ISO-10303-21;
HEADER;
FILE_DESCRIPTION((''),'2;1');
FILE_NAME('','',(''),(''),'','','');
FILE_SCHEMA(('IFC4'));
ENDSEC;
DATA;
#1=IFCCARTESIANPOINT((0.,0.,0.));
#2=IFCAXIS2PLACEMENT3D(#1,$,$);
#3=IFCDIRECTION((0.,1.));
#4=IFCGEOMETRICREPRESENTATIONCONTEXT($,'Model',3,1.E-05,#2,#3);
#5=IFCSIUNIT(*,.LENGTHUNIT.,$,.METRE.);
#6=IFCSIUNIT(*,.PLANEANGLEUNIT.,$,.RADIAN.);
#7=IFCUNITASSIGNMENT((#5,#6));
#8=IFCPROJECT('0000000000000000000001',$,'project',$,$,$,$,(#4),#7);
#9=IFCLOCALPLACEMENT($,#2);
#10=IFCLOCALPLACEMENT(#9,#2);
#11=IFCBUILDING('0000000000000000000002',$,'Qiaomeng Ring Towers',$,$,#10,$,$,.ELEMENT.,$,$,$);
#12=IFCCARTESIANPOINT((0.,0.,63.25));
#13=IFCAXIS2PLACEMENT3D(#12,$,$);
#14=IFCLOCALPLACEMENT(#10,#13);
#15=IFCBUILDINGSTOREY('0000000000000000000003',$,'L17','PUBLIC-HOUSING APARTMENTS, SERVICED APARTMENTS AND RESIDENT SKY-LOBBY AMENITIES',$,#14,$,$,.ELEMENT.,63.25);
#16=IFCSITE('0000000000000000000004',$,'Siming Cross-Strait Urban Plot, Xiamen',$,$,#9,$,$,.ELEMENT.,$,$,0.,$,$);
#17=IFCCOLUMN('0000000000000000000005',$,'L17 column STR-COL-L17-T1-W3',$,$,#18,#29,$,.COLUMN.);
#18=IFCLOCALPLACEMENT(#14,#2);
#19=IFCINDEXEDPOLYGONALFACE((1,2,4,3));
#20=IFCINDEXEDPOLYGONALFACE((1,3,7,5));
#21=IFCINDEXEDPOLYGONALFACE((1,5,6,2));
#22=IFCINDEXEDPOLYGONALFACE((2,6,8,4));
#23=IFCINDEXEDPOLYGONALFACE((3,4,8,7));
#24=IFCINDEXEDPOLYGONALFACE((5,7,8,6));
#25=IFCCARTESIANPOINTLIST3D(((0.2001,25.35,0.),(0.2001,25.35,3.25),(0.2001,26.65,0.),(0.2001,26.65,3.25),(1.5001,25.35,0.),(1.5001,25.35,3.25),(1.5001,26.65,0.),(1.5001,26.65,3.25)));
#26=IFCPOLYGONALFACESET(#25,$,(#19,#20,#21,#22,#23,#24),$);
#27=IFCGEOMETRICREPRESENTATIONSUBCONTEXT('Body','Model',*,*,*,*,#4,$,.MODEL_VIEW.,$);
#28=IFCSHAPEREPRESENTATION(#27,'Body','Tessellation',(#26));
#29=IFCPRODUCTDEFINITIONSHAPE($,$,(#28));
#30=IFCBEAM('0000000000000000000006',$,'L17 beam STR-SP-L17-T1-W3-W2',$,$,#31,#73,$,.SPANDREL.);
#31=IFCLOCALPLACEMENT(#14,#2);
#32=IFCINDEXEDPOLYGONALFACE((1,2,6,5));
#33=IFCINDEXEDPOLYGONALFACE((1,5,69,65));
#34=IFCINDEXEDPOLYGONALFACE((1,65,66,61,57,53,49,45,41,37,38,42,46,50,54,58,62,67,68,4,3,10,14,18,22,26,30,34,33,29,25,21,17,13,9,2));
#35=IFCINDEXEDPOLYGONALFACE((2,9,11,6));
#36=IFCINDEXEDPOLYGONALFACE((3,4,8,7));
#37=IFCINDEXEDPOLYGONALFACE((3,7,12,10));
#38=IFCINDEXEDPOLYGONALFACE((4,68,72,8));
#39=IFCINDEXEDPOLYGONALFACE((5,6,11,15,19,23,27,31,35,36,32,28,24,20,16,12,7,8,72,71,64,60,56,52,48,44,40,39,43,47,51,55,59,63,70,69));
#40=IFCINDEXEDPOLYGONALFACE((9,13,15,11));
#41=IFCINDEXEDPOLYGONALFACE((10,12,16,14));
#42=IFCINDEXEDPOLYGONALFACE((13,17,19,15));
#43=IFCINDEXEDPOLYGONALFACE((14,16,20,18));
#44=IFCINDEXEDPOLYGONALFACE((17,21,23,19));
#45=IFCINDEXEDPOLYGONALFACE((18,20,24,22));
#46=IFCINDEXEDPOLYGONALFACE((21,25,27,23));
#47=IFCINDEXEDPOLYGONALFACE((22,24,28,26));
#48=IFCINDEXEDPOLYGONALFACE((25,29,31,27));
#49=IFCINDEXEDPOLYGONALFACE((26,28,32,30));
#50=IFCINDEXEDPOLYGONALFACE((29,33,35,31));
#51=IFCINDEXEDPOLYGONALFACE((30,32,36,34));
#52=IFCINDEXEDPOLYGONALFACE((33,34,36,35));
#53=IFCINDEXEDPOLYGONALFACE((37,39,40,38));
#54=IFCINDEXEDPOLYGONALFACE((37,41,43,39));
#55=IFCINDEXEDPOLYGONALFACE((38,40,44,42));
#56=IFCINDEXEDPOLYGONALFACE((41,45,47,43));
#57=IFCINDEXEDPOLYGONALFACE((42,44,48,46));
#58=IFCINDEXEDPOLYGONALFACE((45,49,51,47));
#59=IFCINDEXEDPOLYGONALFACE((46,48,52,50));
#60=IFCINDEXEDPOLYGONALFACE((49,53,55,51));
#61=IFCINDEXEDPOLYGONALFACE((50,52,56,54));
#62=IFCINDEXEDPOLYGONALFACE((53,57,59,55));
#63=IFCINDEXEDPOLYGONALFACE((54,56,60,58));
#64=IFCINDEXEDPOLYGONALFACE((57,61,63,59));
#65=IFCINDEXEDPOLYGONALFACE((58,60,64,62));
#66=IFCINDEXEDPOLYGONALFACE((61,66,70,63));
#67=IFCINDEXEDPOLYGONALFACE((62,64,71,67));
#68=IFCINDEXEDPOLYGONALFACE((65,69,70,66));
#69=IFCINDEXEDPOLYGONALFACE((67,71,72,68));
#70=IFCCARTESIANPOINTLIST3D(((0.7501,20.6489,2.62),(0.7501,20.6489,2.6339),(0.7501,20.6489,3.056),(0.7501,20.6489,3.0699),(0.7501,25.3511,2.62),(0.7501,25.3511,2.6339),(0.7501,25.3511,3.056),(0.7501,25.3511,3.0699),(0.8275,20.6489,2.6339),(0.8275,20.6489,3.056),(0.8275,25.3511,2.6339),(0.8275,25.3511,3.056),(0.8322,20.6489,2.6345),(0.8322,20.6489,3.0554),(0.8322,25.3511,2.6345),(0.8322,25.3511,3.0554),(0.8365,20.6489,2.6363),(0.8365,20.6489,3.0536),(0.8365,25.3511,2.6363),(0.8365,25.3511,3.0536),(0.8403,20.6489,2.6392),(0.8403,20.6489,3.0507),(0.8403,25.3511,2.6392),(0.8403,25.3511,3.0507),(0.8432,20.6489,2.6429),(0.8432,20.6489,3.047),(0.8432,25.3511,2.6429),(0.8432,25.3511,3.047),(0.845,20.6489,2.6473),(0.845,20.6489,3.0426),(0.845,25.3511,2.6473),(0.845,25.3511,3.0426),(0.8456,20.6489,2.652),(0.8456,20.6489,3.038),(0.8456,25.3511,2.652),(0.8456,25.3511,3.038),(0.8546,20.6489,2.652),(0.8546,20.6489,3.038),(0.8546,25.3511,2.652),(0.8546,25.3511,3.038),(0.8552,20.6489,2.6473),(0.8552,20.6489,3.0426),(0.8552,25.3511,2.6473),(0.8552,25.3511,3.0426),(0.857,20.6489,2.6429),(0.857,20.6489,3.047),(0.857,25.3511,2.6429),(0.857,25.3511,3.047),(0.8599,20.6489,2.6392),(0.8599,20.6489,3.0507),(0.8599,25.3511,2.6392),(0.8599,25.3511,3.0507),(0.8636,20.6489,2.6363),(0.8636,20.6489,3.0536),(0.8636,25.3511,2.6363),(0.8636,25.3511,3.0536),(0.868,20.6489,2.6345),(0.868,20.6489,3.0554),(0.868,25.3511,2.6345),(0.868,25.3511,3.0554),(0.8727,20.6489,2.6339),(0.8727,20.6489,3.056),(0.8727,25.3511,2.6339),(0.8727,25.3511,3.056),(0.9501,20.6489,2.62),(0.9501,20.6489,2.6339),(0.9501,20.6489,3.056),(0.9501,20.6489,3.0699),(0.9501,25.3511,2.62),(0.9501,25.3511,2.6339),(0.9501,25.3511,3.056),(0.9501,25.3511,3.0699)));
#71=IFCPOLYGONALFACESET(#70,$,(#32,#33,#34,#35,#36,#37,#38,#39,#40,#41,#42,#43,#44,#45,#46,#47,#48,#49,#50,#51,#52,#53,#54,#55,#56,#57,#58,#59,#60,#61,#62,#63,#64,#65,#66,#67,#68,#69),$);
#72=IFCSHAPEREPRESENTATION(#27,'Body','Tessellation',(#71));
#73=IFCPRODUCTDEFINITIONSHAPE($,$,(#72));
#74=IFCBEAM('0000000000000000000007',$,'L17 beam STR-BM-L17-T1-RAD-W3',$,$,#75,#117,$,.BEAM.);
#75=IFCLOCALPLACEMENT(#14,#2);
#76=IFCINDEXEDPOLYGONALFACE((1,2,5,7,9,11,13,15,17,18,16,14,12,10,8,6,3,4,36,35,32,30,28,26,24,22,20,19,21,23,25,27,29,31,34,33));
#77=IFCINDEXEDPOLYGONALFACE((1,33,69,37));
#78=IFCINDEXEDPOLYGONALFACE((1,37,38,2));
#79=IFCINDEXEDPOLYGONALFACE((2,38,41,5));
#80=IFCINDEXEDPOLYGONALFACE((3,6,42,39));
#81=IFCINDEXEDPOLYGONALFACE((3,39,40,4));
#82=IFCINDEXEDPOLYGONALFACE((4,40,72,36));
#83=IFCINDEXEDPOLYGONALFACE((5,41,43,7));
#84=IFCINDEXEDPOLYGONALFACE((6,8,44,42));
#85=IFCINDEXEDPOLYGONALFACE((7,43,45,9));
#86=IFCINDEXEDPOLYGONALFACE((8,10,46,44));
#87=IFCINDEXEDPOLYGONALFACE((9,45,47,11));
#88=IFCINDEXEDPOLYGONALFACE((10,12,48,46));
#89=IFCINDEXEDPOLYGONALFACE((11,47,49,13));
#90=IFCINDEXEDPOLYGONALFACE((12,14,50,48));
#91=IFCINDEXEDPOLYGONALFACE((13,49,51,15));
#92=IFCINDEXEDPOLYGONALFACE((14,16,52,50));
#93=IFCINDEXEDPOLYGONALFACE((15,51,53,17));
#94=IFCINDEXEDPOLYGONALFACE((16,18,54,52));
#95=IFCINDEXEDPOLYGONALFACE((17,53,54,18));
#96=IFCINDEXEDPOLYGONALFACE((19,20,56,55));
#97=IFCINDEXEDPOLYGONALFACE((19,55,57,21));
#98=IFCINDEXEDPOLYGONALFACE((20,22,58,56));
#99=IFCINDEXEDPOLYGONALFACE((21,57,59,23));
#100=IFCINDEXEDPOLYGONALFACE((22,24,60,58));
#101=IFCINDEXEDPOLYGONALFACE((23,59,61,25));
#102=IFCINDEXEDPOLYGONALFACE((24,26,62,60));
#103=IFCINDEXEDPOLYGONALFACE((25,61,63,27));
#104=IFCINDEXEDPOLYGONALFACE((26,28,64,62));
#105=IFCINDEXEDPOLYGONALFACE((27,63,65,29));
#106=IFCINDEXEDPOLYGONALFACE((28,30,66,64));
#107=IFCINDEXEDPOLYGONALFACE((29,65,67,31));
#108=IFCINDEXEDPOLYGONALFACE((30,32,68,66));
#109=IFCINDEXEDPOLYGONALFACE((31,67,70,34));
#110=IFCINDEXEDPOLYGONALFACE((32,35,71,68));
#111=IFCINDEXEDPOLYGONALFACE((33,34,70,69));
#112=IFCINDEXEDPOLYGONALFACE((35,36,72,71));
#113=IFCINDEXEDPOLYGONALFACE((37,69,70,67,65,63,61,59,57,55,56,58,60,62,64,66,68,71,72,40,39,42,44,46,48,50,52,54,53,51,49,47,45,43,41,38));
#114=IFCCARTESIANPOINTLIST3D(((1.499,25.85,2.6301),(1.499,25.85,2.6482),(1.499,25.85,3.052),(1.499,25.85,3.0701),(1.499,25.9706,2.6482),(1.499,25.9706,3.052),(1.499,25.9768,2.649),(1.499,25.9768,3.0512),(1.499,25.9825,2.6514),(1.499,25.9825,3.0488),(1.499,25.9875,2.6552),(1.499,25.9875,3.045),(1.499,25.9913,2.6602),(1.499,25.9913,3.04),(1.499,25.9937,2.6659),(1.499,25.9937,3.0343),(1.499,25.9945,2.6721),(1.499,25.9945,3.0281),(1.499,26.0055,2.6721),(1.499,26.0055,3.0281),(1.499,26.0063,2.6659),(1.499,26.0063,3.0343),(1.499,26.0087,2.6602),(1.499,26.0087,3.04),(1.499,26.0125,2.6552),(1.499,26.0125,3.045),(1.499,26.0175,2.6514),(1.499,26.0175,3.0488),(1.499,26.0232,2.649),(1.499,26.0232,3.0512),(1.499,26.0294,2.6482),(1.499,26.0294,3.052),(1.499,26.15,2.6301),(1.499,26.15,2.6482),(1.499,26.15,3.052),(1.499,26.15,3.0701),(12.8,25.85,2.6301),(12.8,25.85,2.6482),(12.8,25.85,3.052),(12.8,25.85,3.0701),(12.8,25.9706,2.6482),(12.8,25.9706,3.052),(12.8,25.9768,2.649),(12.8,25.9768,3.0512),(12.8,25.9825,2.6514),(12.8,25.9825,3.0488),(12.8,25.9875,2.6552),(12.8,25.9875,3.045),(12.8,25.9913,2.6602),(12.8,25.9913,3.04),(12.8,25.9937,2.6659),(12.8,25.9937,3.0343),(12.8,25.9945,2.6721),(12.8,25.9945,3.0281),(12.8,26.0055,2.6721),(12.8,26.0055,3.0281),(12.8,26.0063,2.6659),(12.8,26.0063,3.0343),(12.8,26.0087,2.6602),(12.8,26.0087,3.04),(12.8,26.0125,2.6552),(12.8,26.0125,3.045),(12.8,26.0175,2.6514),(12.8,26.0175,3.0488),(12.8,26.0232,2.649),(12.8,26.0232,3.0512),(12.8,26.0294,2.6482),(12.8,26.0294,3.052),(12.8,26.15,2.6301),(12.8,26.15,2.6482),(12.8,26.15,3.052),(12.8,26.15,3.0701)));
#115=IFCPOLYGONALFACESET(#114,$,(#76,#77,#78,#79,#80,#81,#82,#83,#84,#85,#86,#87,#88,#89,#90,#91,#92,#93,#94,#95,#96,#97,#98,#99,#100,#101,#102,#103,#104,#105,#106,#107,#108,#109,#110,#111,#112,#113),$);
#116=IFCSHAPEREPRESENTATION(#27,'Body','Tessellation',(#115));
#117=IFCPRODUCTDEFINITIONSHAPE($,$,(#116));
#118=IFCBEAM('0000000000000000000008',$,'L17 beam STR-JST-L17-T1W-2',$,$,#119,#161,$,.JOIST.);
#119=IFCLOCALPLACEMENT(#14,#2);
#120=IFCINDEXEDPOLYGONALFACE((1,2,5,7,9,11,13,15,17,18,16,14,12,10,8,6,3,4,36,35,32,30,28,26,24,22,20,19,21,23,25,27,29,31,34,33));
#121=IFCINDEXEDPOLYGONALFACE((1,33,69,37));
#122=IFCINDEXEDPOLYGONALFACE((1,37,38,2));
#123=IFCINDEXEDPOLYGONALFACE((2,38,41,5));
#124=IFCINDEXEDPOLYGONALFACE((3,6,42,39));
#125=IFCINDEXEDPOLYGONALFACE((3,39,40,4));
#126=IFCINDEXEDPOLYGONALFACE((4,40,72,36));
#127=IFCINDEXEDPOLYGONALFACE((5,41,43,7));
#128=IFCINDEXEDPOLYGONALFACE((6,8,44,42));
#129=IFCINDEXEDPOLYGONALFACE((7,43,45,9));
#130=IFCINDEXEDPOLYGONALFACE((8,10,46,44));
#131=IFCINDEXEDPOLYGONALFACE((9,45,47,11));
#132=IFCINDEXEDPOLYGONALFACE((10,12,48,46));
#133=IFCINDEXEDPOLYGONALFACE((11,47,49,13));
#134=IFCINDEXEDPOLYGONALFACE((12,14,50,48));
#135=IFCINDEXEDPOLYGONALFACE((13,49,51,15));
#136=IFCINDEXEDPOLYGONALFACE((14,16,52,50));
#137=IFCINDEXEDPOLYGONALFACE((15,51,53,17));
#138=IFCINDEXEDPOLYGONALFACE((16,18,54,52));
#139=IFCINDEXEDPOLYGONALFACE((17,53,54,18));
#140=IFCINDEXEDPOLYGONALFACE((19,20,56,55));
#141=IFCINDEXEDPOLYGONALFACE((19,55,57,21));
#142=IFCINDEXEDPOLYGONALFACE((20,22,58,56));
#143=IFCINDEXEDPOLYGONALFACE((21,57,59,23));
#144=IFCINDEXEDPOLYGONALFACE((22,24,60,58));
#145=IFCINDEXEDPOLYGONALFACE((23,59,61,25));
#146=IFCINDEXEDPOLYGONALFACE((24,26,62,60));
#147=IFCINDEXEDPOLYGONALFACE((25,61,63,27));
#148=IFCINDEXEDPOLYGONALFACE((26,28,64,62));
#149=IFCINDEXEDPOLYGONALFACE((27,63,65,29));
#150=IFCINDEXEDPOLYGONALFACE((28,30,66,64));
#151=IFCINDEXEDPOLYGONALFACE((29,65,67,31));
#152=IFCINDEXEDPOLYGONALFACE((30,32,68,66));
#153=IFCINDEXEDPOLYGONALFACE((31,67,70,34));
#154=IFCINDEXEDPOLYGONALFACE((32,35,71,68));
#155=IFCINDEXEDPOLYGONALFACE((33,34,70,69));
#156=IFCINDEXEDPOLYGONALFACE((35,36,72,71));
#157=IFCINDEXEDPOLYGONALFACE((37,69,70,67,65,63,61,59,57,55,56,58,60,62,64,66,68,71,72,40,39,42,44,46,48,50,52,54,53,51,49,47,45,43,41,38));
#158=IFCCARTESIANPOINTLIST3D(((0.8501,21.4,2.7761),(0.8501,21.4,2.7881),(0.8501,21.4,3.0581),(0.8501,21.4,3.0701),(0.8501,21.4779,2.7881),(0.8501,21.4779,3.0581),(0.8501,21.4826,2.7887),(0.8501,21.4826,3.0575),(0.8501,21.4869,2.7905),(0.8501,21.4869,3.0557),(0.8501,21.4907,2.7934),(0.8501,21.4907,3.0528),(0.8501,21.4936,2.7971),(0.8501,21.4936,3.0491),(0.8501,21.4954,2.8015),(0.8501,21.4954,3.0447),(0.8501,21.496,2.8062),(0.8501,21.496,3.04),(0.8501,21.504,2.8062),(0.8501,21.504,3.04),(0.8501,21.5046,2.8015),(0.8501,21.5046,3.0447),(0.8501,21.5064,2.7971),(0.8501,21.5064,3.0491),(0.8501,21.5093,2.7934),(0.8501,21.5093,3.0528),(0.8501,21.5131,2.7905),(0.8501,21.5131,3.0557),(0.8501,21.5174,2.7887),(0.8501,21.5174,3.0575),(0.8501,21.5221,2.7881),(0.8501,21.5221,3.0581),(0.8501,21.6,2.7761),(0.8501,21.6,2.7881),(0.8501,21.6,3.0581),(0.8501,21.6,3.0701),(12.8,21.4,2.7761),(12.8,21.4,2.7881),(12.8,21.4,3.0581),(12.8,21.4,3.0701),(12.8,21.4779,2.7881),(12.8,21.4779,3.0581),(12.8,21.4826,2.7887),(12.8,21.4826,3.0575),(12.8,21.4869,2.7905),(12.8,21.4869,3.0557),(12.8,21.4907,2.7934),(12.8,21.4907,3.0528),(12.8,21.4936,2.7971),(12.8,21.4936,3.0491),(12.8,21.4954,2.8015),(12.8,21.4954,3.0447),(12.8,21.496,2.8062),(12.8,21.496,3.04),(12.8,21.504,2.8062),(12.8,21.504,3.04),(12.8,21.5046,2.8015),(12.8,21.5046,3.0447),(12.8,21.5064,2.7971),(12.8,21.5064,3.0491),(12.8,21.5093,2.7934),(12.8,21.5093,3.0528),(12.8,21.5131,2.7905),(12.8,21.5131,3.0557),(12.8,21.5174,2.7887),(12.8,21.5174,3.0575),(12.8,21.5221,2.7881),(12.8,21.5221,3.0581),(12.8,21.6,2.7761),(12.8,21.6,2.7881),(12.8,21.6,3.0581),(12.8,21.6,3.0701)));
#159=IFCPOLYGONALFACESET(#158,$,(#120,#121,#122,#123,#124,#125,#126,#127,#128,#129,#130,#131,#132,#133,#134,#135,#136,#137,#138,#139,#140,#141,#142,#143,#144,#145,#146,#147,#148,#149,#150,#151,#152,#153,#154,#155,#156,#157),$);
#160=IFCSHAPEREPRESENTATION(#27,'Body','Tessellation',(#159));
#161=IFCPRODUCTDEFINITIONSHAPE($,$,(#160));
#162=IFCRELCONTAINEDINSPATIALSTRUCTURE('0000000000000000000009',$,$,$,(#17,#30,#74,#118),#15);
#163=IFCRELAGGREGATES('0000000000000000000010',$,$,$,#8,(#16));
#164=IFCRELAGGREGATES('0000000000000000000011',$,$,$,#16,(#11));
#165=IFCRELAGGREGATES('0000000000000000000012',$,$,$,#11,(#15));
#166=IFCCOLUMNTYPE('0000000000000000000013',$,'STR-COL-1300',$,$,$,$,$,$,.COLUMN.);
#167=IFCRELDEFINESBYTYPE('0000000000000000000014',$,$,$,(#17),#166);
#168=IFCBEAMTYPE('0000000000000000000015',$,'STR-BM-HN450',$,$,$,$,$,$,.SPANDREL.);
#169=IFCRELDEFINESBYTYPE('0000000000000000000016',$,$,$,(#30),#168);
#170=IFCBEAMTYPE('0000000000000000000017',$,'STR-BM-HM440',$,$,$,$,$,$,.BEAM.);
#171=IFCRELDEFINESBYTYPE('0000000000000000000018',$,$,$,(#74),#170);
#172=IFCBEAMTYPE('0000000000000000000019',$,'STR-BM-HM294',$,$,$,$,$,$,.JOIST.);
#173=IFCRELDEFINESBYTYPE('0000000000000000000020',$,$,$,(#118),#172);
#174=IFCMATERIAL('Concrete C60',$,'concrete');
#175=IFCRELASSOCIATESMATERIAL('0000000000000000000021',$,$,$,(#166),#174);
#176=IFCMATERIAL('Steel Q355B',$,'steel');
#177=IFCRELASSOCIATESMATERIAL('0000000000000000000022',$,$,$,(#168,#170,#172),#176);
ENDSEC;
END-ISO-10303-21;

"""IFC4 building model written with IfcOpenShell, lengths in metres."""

from ifc_helpers import new_model, si_unit, direction, frame, origin, origin_2d, place, context, subcontext, project, spatial, rectangle, i_section, extrude, source, transform, mapped, material, material_profile, profile_set, type_object, element, save


model = new_model("IFC4")

# Units and contexts
model_context = context("Model", 3, precision=1e-05, world=origin(), true_north=direction((0.0, 1.0)))
body_context = subcontext(model_context, "Body", "Model", "MODEL_VIEW")
ifc_project = project(units=[si_unit("LENGTHUNIT", "METRE"), si_unit("PLANEANGLEUNIT", "RADIAN")], contexts=[model_context])

# Site, building, storey
site_placement = place(None, origin())
site = spatial("IfcSite", under=ifc_project, at=site_placement, Name="Siming Cross-Strait Urban Plot, Xiamen", CompositionType="ELEMENT", RefElevation=0.0)
building_placement = place(site_placement, origin())
building = spatial("IfcBuilding", under=site, at=building_placement, Name="Qiaomeng Ring Towers", CompositionType="ELEMENT")
storey_placement = place(building_placement, frame((0.0, 0.0, 63.25)))
storey = spatial("IfcBuildingStorey", under=building, at=storey_placement, Name="L17", Description="PUBLIC-HOUSING APARTMENTS, SERVICED APARTMENTS AND RESIDENT SKY-LOBBY AMENITIES", CompositionType="ELEMENT", Elevation=63.25)

# Column
ifc_material_1 = material(Name="Concrete C60", Category="concrete")
ifc_material_profile_1 = material_profile(ifc_material_1, rectangle(XDim=1.3, YDim=1.3, at=origin_2d()), Name="RC COL 1300x1300")
ifc_profile_set_1 = profile_set([ifc_material_profile_1], Name="Concrete C60")
column_type = type_object("IfcColumnType", Name="STR-COL-1300", PredefinedType="COLUMN", material=ifc_profile_set_1)
shared_shape_1 = source(origin(), body_context, "Body", "SweptSolid", [
    extrude(rectangle(XDim=1.3, YDim=1.3, at=origin_2d()), origin(), (0.0, 0.0, 1.0), 3.25),
])
column_placement = place(storey_placement, frame((0.8501, 26.0, 0.0), z_axis=(0.0, 0.0, 1.0), x_axis=(1.0, 0.0, 0.0)))
element("IfcColumn", 1, at=column_placement, inside=storey, type_object=column_type, Name="L17 column STR-COL-L17-T1-W3", PredefinedType="COLUMN", context=body_context, shape_type="MappedRepresentation", body=[
    mapped(shared_shape_1, transform((0.0, 0.0, 0.0), x_axis=(1.0, 0.0, 0.0), y_axis=(0.0, 1.0, 0.0), z_axis=(0.0, 0.0, 1.0), scale=1.0)),
])

# Beams
ifc_material_2 = material(Name="Steel Q355B", Category="steel")
ifc_material_profile_2 = material_profile(ifc_material_2, i_section(OverallWidth=0.2, OverallDepth=0.45, WebThickness=0.009, FlangeThickness=0.0139, FilletRadius=0.0181, at=origin_2d()), Name="HN 450x200x9x14")
ifc_profile_set_2 = profile_set([ifc_material_profile_2], Name="Steel Q355B")
beam_type_1 = type_object("IfcBeamType", Name="STR-BM-HN450", PredefinedType="SPANDREL", material=ifc_profile_set_2)
shared_shape_2 = source(origin(), body_context, "Body", "SweptSolid", [
    extrude(i_section(OverallWidth=0.2, OverallDepth=0.45, WebThickness=0.009, FlangeThickness=0.0139, FilletRadius=0.0181, at=origin_2d()), origin(), (0.0, 0.0, 1.0), 4.7021),
])
beam_1_placement = place(storey_placement, frame((0.8501, 25.3511, 2.845), z_axis=(0.0, -1.0, 0.0), x_axis=(1.0, 0.0, 0.0)))
element("IfcBeam", 2, at=beam_1_placement, inside=storey, type_object=beam_type_1, Name="L17 beam STR-SP-L17-T1-W3-W2", PredefinedType="SPANDREL", context=body_context, shape_type="MappedRepresentation", body=[
    mapped(shared_shape_2, transform((0.0, 0.0, 0.0), x_axis=(1.0, 0.0, 0.0), y_axis=(0.0, 1.0, 0.0), z_axis=(0.0, 0.0, 1.0), scale=1.0)),
])
ifc_material_profile_3 = material_profile(ifc_material_2, i_section(OverallWidth=0.3, OverallDepth=0.4399, WebThickness=0.011, FlangeThickness=0.0181, FilletRadius=0.0239, at=origin_2d()), Name="HM 440x300x11x18")
ifc_profile_set_3 = profile_set([ifc_material_profile_3], Name="Steel Q355B")
beam_type_2 = type_object("IfcBeamType", Name="STR-BM-HM440", PredefinedType="BEAM", material=ifc_profile_set_3)
shared_shape_3 = source(origin(), body_context, "Body", "SweptSolid", [
    extrude(i_section(OverallWidth=0.3, OverallDepth=0.4399, WebThickness=0.011, FlangeThickness=0.0181, FilletRadius=0.0239, at=origin_2d()), origin(), (0.0, 0.0, 1.0), 11.301),
])
beam_2_placement = place(storey_placement, frame((1.499, 26.0, 2.8501), z_axis=(1.0, 0.0, 0.0), x_axis=(0.0, 1.0, 0.0)))
element("IfcBeam", 3, at=beam_2_placement, inside=storey, type_object=beam_type_2, Name="L17 beam STR-BM-L17-T1-RAD-W3", PredefinedType="BEAM", context=body_context, shape_type="MappedRepresentation", body=[
    mapped(shared_shape_3, transform((0.0, 0.0, 0.0), x_axis=(1.0, 0.0, 0.0), y_axis=(0.0, 1.0, 0.0), z_axis=(0.0, 0.0, 1.0), scale=1.0)),
])
ifc_material_profile_4 = material_profile(ifc_material_2, i_section(OverallWidth=0.2, OverallDepth=0.2939, WebThickness=0.0081, FlangeThickness=0.012, FilletRadius=0.0181, at=origin_2d()), Name="HM 294x200x8x12")
ifc_profile_set_4 = profile_set([ifc_material_profile_4], Name="Steel Q355B")
beam_type_3 = type_object("IfcBeamType", Name="STR-BM-HM294", PredefinedType="JOIST", material=ifc_profile_set_4)
shared_shape_4 = source(origin(), body_context, "Body", "SweptSolid", [
    extrude(i_section(OverallWidth=0.2, OverallDepth=0.2939, WebThickness=0.0081, FlangeThickness=0.012, FilletRadius=0.0181, at=origin_2d()), origin(), (0.0, 0.0, 1.0), 11.95),
])
for number, where, z_axis, x_axis, name in (
    (4, (0.8501, 21.5, 2.9231), (1.0, 0.0, 0.0), (0.0, 1.0, 0.0), "L17 beam STR-JST-L17-T1W-2"),
):
    element("IfcBeam", number, at=place(storey_placement, frame(where, z_axis=z_axis, x_axis=x_axis)), inside=storey, type_object=beam_type_3, Name=name, PredefinedType="JOIST", context=body_context, shape_type="MappedRepresentation", body=[
        mapped(shared_shape_4, transform((0.0, 0.0, 0.0), x_axis=(1.0, 0.0, 0.0), y_axis=(0.0, 1.0, 0.0), z_axis=(0.0, 0.0, 1.0), scale=1.0)),
    ])

save(model, "model.ifc")
